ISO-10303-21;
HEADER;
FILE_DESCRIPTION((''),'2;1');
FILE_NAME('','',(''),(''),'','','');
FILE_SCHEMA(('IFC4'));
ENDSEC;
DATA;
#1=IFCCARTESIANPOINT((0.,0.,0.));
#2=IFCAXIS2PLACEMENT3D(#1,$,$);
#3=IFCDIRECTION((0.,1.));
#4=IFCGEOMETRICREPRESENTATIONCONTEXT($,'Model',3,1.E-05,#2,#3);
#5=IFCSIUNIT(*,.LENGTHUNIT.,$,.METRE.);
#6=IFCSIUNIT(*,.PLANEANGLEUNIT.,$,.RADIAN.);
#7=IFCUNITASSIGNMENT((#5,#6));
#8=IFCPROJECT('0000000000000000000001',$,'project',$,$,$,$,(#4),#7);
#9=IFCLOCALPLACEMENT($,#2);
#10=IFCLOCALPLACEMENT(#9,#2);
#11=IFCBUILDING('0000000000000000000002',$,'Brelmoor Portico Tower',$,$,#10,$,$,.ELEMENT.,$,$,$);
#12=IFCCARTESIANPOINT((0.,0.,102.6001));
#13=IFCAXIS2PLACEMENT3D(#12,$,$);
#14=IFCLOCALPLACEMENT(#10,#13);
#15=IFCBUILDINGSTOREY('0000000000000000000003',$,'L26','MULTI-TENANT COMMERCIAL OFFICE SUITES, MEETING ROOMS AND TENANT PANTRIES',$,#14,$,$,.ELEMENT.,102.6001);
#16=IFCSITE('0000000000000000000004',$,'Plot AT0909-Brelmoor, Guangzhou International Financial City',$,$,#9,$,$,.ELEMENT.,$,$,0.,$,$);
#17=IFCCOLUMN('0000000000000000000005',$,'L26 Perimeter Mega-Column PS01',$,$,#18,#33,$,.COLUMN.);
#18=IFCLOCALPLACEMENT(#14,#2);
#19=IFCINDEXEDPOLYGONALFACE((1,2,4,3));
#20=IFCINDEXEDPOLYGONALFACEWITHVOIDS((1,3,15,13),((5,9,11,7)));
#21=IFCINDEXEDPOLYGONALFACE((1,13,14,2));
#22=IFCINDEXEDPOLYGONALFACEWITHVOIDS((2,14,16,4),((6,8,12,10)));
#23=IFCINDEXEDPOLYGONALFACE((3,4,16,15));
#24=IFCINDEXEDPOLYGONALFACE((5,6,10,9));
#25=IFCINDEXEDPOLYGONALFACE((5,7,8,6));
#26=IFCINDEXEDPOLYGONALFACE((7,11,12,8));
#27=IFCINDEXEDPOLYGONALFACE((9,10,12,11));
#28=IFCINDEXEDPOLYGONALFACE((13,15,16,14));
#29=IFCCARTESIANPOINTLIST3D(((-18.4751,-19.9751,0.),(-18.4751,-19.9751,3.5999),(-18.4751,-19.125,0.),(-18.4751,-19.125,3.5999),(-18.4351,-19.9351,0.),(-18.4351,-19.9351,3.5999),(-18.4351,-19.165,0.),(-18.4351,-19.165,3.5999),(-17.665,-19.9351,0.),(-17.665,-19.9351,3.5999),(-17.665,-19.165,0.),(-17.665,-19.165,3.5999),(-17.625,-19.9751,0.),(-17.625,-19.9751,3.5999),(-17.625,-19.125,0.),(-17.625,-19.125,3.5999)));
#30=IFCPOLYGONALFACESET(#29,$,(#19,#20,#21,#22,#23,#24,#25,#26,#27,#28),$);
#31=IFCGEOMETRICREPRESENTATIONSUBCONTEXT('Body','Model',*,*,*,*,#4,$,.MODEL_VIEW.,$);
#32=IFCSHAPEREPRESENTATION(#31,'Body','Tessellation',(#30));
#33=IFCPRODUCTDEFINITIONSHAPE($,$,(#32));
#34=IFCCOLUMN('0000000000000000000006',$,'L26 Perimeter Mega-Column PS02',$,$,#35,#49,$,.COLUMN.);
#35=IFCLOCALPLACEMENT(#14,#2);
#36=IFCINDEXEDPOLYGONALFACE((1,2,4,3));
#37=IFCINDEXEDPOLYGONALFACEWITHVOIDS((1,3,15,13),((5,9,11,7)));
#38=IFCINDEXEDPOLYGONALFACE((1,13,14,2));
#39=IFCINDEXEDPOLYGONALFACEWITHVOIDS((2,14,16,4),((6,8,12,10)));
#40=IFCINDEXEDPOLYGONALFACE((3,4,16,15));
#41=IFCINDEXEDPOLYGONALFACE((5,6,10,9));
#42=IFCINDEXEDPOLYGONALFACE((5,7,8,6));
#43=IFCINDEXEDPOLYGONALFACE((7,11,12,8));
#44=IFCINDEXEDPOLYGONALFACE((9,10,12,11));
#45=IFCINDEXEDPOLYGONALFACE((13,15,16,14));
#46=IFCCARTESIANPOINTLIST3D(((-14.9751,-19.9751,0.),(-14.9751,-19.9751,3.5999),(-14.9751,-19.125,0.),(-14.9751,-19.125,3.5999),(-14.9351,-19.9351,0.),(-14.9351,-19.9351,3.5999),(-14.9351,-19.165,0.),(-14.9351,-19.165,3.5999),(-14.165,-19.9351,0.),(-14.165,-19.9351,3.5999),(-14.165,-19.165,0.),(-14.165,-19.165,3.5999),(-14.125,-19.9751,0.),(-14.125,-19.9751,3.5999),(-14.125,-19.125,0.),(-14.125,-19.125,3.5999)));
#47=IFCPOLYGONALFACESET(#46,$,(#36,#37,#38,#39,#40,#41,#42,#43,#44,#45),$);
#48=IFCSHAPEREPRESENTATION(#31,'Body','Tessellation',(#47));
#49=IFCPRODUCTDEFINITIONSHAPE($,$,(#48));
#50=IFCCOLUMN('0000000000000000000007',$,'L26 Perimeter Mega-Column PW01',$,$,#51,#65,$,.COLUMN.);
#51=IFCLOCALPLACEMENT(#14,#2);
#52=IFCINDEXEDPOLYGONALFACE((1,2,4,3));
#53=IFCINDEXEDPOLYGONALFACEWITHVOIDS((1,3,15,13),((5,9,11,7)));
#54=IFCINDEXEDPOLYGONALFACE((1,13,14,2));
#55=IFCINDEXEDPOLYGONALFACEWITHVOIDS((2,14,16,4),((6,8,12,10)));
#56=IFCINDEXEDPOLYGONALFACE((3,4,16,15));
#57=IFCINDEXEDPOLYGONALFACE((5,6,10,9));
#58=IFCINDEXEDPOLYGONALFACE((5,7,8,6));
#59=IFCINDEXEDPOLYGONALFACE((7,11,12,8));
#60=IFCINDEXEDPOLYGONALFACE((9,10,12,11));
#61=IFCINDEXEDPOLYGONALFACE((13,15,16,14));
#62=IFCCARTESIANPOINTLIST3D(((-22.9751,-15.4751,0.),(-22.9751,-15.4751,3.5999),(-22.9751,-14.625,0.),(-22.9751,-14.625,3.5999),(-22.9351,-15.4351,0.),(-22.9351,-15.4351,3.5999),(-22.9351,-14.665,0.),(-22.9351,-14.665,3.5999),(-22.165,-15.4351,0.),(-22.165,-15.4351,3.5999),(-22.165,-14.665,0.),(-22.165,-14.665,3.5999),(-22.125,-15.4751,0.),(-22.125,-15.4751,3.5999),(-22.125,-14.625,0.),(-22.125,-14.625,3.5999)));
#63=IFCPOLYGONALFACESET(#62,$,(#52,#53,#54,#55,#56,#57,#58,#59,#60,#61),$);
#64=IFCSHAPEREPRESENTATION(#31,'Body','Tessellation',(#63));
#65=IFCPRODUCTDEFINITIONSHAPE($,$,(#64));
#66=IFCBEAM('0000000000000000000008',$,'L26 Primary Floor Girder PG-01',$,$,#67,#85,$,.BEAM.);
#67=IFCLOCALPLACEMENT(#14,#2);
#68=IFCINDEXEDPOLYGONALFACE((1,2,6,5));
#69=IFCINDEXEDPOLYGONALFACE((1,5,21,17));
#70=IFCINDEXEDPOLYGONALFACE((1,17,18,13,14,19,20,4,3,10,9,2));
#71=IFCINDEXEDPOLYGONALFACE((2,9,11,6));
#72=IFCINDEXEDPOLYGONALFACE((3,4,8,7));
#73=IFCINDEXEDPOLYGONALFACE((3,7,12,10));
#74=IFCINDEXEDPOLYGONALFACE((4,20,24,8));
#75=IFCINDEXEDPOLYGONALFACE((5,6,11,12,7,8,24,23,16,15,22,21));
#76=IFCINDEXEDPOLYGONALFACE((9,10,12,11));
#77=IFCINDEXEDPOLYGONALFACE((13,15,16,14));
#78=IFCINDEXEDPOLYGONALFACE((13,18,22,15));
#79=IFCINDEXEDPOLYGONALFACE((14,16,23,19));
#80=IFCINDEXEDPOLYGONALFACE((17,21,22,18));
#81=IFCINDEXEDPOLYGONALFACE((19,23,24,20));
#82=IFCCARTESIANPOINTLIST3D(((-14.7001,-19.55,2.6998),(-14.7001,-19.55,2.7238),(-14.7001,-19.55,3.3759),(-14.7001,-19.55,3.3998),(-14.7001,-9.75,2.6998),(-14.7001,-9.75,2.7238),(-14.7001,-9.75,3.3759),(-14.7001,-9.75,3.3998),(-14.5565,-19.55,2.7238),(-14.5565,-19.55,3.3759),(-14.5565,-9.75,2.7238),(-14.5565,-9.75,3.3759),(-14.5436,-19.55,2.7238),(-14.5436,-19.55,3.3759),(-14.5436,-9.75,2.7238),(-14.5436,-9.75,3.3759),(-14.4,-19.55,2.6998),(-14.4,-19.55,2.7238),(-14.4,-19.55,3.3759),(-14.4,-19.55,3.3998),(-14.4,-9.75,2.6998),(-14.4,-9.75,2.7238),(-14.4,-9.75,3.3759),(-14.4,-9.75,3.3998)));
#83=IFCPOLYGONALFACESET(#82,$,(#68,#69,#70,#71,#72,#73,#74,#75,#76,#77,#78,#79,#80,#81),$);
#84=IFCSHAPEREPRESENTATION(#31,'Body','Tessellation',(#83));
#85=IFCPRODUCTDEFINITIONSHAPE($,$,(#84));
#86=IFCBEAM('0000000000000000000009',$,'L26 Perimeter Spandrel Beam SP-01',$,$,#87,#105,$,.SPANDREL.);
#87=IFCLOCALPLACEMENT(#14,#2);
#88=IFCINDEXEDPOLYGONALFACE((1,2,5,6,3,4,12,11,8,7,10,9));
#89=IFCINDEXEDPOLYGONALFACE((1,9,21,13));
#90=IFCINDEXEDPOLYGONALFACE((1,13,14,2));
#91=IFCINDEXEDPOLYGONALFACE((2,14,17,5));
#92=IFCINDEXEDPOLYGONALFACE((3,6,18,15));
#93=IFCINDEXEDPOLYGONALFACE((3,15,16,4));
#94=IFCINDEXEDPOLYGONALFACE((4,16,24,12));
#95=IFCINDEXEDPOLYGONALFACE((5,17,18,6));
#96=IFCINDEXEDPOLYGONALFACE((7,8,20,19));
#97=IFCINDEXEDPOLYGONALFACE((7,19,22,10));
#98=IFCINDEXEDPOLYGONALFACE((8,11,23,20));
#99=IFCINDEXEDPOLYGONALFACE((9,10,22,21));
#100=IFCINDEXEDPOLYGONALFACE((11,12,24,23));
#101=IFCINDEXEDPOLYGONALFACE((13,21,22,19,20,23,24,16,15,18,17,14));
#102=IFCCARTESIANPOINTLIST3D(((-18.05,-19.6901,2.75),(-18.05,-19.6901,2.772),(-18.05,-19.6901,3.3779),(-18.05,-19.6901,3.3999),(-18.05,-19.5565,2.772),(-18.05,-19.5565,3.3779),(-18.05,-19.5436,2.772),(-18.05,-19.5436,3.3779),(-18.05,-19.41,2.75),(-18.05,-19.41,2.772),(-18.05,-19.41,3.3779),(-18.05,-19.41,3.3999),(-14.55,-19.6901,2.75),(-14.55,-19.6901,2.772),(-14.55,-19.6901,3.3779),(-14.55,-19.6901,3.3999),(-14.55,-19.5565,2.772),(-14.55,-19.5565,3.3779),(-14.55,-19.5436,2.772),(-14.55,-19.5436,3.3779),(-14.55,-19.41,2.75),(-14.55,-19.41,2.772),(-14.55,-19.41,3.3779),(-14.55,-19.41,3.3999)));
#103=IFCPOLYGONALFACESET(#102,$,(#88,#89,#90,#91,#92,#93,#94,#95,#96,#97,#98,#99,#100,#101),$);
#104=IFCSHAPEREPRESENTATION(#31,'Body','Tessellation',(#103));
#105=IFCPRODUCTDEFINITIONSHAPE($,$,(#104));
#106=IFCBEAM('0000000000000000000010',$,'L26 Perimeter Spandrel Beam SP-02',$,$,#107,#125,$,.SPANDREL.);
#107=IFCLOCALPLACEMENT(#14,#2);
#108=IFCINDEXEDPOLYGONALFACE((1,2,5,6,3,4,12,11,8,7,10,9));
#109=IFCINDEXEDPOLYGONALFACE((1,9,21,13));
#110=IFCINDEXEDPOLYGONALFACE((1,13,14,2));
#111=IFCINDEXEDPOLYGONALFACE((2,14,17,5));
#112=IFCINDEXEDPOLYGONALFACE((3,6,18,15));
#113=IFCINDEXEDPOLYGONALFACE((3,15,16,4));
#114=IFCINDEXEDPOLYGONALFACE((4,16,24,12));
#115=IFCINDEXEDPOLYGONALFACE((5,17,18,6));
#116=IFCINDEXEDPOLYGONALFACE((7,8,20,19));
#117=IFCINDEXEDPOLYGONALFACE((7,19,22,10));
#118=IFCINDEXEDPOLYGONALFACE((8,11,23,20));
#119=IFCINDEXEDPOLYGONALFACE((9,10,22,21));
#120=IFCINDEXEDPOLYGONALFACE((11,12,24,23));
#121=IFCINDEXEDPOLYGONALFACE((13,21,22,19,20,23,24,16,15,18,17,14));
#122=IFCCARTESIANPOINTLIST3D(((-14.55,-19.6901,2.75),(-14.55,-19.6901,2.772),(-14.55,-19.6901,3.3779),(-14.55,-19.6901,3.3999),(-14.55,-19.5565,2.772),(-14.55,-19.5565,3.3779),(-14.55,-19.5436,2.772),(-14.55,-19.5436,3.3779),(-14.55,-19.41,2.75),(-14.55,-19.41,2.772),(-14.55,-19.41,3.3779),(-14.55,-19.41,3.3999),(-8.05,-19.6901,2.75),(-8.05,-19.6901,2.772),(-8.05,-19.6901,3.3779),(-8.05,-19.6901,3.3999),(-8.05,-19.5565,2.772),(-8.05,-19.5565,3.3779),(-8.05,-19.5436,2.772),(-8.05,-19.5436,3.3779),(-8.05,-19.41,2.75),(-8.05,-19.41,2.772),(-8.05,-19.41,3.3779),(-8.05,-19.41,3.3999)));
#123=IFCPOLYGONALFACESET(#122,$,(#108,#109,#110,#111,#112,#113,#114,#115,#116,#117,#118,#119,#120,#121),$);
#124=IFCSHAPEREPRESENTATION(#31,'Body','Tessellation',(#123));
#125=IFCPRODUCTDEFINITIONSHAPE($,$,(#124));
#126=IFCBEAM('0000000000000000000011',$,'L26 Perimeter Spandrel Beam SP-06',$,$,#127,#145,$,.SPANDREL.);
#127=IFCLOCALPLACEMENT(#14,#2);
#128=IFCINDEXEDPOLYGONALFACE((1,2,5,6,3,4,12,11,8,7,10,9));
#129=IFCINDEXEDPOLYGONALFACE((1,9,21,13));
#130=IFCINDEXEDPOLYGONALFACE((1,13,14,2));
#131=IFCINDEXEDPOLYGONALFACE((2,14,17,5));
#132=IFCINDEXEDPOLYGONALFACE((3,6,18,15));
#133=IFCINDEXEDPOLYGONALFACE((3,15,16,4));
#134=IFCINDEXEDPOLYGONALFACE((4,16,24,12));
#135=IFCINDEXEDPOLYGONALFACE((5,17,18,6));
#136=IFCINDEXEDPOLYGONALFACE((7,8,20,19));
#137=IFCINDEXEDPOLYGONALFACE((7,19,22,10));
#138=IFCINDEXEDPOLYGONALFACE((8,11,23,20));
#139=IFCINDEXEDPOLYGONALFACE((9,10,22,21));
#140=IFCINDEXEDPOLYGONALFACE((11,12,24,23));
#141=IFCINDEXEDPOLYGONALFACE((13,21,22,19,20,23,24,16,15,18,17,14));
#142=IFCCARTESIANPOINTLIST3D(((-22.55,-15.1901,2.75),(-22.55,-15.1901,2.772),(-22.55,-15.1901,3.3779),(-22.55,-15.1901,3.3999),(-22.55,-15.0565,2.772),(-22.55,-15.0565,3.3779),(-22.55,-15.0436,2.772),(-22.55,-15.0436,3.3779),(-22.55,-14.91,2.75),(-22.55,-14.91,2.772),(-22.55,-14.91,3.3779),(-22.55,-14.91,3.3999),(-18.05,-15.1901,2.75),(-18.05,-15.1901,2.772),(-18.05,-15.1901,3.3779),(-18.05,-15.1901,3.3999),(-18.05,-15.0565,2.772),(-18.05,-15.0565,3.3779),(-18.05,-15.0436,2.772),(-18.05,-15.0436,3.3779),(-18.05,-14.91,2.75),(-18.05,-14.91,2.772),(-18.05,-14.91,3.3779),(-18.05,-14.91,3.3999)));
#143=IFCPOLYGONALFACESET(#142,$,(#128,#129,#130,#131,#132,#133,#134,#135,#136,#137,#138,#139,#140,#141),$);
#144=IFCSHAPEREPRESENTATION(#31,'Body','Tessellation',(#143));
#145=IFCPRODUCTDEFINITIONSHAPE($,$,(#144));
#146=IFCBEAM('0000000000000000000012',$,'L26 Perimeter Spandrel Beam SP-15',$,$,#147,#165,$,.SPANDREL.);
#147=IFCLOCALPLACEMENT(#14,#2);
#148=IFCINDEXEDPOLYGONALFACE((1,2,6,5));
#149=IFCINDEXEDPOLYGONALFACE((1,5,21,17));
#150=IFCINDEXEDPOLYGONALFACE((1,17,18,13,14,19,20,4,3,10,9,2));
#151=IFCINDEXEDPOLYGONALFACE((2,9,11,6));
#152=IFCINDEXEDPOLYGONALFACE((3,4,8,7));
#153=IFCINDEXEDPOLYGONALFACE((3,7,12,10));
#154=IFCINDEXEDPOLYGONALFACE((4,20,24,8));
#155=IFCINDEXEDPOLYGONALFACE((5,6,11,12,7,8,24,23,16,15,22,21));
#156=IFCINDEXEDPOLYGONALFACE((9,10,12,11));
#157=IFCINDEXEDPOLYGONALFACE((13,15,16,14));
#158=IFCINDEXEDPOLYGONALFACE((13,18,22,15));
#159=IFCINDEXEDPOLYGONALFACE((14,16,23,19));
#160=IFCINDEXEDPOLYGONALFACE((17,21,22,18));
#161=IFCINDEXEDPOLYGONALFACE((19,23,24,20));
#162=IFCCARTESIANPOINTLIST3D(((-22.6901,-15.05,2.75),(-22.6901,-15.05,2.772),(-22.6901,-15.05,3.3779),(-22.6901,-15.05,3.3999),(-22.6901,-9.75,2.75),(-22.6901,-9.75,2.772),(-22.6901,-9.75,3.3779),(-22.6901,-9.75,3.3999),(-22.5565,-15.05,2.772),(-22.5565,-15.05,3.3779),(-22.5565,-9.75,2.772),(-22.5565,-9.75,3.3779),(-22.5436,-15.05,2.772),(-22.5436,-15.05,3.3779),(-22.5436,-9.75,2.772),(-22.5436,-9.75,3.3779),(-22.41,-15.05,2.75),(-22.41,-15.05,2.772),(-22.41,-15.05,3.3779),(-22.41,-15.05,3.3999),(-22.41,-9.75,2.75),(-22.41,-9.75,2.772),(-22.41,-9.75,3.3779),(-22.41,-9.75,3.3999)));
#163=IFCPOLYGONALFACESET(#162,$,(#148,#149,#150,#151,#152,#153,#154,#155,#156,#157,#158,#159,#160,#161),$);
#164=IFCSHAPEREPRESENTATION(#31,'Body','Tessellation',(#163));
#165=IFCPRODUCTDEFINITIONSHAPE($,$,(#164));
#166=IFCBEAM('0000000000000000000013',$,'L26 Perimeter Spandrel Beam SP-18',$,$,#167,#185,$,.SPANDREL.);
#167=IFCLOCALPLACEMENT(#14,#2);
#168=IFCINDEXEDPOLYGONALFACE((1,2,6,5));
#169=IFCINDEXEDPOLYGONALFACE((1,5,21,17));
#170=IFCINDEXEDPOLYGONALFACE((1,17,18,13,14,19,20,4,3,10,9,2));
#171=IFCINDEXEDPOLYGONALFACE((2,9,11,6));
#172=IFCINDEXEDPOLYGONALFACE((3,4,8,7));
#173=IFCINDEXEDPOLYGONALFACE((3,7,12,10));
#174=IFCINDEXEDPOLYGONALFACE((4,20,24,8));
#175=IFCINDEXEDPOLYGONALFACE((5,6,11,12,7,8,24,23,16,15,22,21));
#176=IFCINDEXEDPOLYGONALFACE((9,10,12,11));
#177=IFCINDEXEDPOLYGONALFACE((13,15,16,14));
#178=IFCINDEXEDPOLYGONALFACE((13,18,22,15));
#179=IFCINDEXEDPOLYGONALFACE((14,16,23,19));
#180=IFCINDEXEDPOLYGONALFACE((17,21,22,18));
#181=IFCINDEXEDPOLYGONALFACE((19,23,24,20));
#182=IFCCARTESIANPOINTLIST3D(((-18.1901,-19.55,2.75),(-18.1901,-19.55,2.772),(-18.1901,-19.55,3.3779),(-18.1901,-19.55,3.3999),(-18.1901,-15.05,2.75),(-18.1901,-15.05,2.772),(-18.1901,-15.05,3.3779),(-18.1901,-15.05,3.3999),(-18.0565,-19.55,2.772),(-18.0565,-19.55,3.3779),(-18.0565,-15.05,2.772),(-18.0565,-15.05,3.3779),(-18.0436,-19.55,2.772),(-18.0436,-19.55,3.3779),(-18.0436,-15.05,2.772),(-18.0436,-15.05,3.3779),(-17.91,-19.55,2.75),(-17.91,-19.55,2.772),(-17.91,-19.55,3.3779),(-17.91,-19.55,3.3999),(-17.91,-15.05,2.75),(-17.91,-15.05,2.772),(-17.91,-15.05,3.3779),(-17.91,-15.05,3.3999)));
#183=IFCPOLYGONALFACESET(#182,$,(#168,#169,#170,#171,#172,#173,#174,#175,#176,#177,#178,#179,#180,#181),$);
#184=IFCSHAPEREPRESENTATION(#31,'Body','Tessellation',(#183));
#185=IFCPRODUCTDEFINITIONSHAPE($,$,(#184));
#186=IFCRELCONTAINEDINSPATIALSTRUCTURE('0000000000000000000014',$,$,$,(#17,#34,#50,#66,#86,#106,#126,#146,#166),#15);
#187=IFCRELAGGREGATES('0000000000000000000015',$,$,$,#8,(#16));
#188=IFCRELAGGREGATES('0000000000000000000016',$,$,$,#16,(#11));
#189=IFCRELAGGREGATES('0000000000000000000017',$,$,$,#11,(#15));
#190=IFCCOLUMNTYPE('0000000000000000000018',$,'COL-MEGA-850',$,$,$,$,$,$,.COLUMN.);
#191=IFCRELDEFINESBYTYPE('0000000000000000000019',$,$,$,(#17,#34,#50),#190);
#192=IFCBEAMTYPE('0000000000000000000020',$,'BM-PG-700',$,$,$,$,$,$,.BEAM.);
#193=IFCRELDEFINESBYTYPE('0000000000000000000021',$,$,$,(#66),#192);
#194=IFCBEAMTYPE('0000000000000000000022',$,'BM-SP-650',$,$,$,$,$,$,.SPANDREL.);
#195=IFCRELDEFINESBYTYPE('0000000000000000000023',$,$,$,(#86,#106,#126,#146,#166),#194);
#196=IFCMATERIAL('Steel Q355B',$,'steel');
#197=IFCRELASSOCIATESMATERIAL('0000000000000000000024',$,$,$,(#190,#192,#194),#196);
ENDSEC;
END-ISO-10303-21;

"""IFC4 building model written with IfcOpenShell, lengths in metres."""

from ifc_helpers import new_model, si_unit, direction, frame, origin, origin_2d, place, context, subcontext, project, spatial, hollow_rectangle, i_section, extrude, material, material_profile, profile_set, type_object, element, save


model = new_model("IFC4")

# Units and contexts
model_context = context("Model", 3, precision=1e-05, world=origin(), true_north=direction((0.0, 1.0)))
body_context = subcontext(model_context, "Body", "Model", "MODEL_VIEW")
ifc_project = project(units=[si_unit("LENGTHUNIT", "METRE"), si_unit("PLANEANGLEUNIT", "RADIAN")], contexts=[model_context])

# Site, building, storey
site_placement = place(None, origin())
site = spatial("IfcSite", under=ifc_project, at=site_placement, Name="Plot AT0909-Brelmoor, Guangzhou International Financial City", CompositionType="ELEMENT", RefElevation=0.0)
building_placement = place(site_placement, origin())
building = spatial("IfcBuilding", under=site, at=building_placement, Name="Brelmoor Portico Tower", CompositionType="ELEMENT")
storey_placement = place(building_placement, frame((0.0, 0.0, 102.6001)))
storey = spatial("IfcBuildingStorey", under=building, at=storey_placement, Name="L26", Description="MULTI-TENANT COMMERCIAL OFFICE SUITES, MEETING ROOMS AND TENANT PANTRIES", CompositionType="ELEMENT", Elevation=102.6001)

# Columns
ifc_material_1 = material(Name="Steel Q355B", Category="steel")
ifc_material_profile_1 = material_profile(ifc_material_1, hollow_rectangle(XDim=0.8501, YDim=0.8501, WallThickness=0.04, at=origin_2d()), Name="BOX 850x850x40")
ifc_profile_set_1 = profile_set([ifc_material_profile_1], Name="Steel Q355B")
column_type = type_object("IfcColumnType", Name="COL-MEGA-850", PredefinedType="COLUMN", material=ifc_profile_set_1)
for number, where, z_axis, x_axis, name in (
    (1, (-18.05, -19.55, 0.0), (0.0, 0.0, 1.0), (1.0, 0.0, 0.0), "L26 Perimeter Mega-Column PS01"),
    (2, (-14.55, -19.55, 0.0), (0.0, 0.0, 1.0), (1.0, 0.0, 0.0), "L26 Perimeter Mega-Column PS02"),
    (3, (-22.55, -15.05, 0.0), (0.0, 0.0, 1.0), (0.0, 1.0, 0.0), "L26 Perimeter Mega-Column PW01"),
):
    element("IfcColumn", number, at=place(storey_placement, frame(where, z_axis=z_axis, x_axis=x_axis)), inside=storey, type_object=column_type, Name=name, PredefinedType="COLUMN", context=body_context, shape_type="SweptSolid", body=[
        extrude(hollow_rectangle(XDim=0.8501, YDim=0.8501, WallThickness=0.04, at=origin_2d()), origin(), (0.0, 0.0, 1.0), 3.5999),
    ])

# Beams
ifc_material_profile_2 = material_profile(ifc_material_1, i_section(OverallWidth=0.3, OverallDepth=0.7, WebThickness=0.0129, FlangeThickness=0.0239, at=origin_2d()), Name="HN 700x300x13x24")
ifc_profile_set_2 = profile_set([ifc_material_profile_2], Name="Steel Q355B")
beam_type_1 = type_object("IfcBeamType", Name="BM-PG-700", PredefinedType="BEAM", material=ifc_profile_set_2)
beam_1_placement = place(storey_placement, frame((-14.55, -19.55, 3.0498), z_axis=(0.0, 1.0, 0.0), x_axis=(-1.0, 0.0, 0.0)))
element("IfcBeam", 4, at=beam_1_placement, inside=storey, type_object=beam_type_1, Name="L26 Primary Floor Girder PG-01", PredefinedType="BEAM", context=body_context, shape_type="SweptSolid", body=[
    extrude(i_section(OverallWidth=0.3, OverallDepth=0.7, WebThickness=0.0129, FlangeThickness=0.0239, at=origin_2d()), origin(), (0.0, 0.0, 1.0), 9.8),
])
ifc_material_profile_3 = material_profile(ifc_material_1, i_section(OverallWidth=0.28, OverallDepth=0.6499, WebThickness=0.0129, FlangeThickness=0.022, at=origin_2d()), Name="HN 650x280x13x22")
ifc_profile_set_3 = profile_set([ifc_material_profile_3], Name="Steel Q355B")
beam_type_2 = type_object("IfcBeamType", Name="BM-SP-650", PredefinedType="SPANDREL", material=ifc_profile_set_3)
beam_2_placement = place(storey_placement, frame((-18.05, -19.55, 3.075), z_axis=(1.0, 0.0, 0.0), x_axis=(0.0, 1.0, 0.0)))
element("IfcBeam", 5, at=beam_2_placement, inside=storey, type_object=beam_type_2, Name="L26 Perimeter Spandrel Beam SP-01", PredefinedType="SPANDREL", context=body_context, shape_type="SweptSolid", body=[
    extrude(i_section(OverallWidth=0.28, OverallDepth=0.6499, WebThickness=0.0129, FlangeThickness=0.022, at=origin_2d()), origin(), (0.0, 0.0, 1.0), 3.5),
])
beam_3_placement = place(storey_placement, frame((-14.55, -19.55, 3.075), z_axis=(1.0, 0.0, 0.0), x_axis=(0.0, 1.0, 0.0)))
element("IfcBeam", 6, at=beam_3_placement, inside=storey, type_object=beam_type_2, Name="L26 Perimeter Spandrel Beam SP-02", PredefinedType="SPANDREL", context=body_context, shape_type="SweptSolid", body=[
    extrude(i_section(OverallWidth=0.28, OverallDepth=0.6499, WebThickness=0.0129, FlangeThickness=0.022, at=origin_2d()), origin(), (0.0, 0.0, 1.0), 6.5),
])
beam_4_placement = place(storey_placement, frame((-22.55, -15.05, 3.075), z_axis=(1.0, 0.0, 0.0), x_axis=(0.0, 1.0, 0.0)))
element("IfcBeam", 7, at=beam_4_placement, inside=storey, type_object=beam_type_2, Name="L26 Perimeter Spandrel Beam SP-06", PredefinedType="SPANDREL", context=body_context, shape_type="SweptSolid", body=[
    extrude(i_section(OverallWidth=0.28, OverallDepth=0.6499, WebThickness=0.0129, FlangeThickness=0.022, at=origin_2d()), origin(), (0.0, 0.0, 1.0), 4.5),
])
beam_5_placement = place(storey_placement, frame((-22.55, -15.05, 3.075), z_axis=(0.0, 1.0, 0.0), x_axis=(-1.0, 0.0, 0.0)))
element("IfcBeam", 8, at=beam_5_placement, inside=storey, type_object=beam_type_2, Name="L26 Perimeter Spandrel Beam SP-15", PredefinedType="SPANDREL", context=body_context, shape_type="SweptSolid", body=[
    extrude(i_section(OverallWidth=0.28, OverallDepth=0.6499, WebThickness=0.0129, FlangeThickness=0.022, at=origin_2d()), origin(), (0.0, 0.0, 1.0), 5.3),
])
beam_6_placement = place(storey_placement, frame((-18.05, -19.55, 3.075), z_axis=(0.0, 1.0, 0.0), x_axis=(-1.0, 0.0, 0.0)))
element("IfcBeam", 9, at=beam_6_placement, inside=storey, type_object=beam_type_2, Name="L26 Perimeter Spandrel Beam SP-18", PredefinedType="SPANDREL", context=body_context, shape_type="SweptSolid", body=[
    extrude(i_section(OverallWidth=0.28, OverallDepth=0.6499, WebThickness=0.0129, FlangeThickness=0.022, at=origin_2d()), origin(), (0.0, 0.0, 1.0), 4.5),
])

save(model, "model.ifc")
